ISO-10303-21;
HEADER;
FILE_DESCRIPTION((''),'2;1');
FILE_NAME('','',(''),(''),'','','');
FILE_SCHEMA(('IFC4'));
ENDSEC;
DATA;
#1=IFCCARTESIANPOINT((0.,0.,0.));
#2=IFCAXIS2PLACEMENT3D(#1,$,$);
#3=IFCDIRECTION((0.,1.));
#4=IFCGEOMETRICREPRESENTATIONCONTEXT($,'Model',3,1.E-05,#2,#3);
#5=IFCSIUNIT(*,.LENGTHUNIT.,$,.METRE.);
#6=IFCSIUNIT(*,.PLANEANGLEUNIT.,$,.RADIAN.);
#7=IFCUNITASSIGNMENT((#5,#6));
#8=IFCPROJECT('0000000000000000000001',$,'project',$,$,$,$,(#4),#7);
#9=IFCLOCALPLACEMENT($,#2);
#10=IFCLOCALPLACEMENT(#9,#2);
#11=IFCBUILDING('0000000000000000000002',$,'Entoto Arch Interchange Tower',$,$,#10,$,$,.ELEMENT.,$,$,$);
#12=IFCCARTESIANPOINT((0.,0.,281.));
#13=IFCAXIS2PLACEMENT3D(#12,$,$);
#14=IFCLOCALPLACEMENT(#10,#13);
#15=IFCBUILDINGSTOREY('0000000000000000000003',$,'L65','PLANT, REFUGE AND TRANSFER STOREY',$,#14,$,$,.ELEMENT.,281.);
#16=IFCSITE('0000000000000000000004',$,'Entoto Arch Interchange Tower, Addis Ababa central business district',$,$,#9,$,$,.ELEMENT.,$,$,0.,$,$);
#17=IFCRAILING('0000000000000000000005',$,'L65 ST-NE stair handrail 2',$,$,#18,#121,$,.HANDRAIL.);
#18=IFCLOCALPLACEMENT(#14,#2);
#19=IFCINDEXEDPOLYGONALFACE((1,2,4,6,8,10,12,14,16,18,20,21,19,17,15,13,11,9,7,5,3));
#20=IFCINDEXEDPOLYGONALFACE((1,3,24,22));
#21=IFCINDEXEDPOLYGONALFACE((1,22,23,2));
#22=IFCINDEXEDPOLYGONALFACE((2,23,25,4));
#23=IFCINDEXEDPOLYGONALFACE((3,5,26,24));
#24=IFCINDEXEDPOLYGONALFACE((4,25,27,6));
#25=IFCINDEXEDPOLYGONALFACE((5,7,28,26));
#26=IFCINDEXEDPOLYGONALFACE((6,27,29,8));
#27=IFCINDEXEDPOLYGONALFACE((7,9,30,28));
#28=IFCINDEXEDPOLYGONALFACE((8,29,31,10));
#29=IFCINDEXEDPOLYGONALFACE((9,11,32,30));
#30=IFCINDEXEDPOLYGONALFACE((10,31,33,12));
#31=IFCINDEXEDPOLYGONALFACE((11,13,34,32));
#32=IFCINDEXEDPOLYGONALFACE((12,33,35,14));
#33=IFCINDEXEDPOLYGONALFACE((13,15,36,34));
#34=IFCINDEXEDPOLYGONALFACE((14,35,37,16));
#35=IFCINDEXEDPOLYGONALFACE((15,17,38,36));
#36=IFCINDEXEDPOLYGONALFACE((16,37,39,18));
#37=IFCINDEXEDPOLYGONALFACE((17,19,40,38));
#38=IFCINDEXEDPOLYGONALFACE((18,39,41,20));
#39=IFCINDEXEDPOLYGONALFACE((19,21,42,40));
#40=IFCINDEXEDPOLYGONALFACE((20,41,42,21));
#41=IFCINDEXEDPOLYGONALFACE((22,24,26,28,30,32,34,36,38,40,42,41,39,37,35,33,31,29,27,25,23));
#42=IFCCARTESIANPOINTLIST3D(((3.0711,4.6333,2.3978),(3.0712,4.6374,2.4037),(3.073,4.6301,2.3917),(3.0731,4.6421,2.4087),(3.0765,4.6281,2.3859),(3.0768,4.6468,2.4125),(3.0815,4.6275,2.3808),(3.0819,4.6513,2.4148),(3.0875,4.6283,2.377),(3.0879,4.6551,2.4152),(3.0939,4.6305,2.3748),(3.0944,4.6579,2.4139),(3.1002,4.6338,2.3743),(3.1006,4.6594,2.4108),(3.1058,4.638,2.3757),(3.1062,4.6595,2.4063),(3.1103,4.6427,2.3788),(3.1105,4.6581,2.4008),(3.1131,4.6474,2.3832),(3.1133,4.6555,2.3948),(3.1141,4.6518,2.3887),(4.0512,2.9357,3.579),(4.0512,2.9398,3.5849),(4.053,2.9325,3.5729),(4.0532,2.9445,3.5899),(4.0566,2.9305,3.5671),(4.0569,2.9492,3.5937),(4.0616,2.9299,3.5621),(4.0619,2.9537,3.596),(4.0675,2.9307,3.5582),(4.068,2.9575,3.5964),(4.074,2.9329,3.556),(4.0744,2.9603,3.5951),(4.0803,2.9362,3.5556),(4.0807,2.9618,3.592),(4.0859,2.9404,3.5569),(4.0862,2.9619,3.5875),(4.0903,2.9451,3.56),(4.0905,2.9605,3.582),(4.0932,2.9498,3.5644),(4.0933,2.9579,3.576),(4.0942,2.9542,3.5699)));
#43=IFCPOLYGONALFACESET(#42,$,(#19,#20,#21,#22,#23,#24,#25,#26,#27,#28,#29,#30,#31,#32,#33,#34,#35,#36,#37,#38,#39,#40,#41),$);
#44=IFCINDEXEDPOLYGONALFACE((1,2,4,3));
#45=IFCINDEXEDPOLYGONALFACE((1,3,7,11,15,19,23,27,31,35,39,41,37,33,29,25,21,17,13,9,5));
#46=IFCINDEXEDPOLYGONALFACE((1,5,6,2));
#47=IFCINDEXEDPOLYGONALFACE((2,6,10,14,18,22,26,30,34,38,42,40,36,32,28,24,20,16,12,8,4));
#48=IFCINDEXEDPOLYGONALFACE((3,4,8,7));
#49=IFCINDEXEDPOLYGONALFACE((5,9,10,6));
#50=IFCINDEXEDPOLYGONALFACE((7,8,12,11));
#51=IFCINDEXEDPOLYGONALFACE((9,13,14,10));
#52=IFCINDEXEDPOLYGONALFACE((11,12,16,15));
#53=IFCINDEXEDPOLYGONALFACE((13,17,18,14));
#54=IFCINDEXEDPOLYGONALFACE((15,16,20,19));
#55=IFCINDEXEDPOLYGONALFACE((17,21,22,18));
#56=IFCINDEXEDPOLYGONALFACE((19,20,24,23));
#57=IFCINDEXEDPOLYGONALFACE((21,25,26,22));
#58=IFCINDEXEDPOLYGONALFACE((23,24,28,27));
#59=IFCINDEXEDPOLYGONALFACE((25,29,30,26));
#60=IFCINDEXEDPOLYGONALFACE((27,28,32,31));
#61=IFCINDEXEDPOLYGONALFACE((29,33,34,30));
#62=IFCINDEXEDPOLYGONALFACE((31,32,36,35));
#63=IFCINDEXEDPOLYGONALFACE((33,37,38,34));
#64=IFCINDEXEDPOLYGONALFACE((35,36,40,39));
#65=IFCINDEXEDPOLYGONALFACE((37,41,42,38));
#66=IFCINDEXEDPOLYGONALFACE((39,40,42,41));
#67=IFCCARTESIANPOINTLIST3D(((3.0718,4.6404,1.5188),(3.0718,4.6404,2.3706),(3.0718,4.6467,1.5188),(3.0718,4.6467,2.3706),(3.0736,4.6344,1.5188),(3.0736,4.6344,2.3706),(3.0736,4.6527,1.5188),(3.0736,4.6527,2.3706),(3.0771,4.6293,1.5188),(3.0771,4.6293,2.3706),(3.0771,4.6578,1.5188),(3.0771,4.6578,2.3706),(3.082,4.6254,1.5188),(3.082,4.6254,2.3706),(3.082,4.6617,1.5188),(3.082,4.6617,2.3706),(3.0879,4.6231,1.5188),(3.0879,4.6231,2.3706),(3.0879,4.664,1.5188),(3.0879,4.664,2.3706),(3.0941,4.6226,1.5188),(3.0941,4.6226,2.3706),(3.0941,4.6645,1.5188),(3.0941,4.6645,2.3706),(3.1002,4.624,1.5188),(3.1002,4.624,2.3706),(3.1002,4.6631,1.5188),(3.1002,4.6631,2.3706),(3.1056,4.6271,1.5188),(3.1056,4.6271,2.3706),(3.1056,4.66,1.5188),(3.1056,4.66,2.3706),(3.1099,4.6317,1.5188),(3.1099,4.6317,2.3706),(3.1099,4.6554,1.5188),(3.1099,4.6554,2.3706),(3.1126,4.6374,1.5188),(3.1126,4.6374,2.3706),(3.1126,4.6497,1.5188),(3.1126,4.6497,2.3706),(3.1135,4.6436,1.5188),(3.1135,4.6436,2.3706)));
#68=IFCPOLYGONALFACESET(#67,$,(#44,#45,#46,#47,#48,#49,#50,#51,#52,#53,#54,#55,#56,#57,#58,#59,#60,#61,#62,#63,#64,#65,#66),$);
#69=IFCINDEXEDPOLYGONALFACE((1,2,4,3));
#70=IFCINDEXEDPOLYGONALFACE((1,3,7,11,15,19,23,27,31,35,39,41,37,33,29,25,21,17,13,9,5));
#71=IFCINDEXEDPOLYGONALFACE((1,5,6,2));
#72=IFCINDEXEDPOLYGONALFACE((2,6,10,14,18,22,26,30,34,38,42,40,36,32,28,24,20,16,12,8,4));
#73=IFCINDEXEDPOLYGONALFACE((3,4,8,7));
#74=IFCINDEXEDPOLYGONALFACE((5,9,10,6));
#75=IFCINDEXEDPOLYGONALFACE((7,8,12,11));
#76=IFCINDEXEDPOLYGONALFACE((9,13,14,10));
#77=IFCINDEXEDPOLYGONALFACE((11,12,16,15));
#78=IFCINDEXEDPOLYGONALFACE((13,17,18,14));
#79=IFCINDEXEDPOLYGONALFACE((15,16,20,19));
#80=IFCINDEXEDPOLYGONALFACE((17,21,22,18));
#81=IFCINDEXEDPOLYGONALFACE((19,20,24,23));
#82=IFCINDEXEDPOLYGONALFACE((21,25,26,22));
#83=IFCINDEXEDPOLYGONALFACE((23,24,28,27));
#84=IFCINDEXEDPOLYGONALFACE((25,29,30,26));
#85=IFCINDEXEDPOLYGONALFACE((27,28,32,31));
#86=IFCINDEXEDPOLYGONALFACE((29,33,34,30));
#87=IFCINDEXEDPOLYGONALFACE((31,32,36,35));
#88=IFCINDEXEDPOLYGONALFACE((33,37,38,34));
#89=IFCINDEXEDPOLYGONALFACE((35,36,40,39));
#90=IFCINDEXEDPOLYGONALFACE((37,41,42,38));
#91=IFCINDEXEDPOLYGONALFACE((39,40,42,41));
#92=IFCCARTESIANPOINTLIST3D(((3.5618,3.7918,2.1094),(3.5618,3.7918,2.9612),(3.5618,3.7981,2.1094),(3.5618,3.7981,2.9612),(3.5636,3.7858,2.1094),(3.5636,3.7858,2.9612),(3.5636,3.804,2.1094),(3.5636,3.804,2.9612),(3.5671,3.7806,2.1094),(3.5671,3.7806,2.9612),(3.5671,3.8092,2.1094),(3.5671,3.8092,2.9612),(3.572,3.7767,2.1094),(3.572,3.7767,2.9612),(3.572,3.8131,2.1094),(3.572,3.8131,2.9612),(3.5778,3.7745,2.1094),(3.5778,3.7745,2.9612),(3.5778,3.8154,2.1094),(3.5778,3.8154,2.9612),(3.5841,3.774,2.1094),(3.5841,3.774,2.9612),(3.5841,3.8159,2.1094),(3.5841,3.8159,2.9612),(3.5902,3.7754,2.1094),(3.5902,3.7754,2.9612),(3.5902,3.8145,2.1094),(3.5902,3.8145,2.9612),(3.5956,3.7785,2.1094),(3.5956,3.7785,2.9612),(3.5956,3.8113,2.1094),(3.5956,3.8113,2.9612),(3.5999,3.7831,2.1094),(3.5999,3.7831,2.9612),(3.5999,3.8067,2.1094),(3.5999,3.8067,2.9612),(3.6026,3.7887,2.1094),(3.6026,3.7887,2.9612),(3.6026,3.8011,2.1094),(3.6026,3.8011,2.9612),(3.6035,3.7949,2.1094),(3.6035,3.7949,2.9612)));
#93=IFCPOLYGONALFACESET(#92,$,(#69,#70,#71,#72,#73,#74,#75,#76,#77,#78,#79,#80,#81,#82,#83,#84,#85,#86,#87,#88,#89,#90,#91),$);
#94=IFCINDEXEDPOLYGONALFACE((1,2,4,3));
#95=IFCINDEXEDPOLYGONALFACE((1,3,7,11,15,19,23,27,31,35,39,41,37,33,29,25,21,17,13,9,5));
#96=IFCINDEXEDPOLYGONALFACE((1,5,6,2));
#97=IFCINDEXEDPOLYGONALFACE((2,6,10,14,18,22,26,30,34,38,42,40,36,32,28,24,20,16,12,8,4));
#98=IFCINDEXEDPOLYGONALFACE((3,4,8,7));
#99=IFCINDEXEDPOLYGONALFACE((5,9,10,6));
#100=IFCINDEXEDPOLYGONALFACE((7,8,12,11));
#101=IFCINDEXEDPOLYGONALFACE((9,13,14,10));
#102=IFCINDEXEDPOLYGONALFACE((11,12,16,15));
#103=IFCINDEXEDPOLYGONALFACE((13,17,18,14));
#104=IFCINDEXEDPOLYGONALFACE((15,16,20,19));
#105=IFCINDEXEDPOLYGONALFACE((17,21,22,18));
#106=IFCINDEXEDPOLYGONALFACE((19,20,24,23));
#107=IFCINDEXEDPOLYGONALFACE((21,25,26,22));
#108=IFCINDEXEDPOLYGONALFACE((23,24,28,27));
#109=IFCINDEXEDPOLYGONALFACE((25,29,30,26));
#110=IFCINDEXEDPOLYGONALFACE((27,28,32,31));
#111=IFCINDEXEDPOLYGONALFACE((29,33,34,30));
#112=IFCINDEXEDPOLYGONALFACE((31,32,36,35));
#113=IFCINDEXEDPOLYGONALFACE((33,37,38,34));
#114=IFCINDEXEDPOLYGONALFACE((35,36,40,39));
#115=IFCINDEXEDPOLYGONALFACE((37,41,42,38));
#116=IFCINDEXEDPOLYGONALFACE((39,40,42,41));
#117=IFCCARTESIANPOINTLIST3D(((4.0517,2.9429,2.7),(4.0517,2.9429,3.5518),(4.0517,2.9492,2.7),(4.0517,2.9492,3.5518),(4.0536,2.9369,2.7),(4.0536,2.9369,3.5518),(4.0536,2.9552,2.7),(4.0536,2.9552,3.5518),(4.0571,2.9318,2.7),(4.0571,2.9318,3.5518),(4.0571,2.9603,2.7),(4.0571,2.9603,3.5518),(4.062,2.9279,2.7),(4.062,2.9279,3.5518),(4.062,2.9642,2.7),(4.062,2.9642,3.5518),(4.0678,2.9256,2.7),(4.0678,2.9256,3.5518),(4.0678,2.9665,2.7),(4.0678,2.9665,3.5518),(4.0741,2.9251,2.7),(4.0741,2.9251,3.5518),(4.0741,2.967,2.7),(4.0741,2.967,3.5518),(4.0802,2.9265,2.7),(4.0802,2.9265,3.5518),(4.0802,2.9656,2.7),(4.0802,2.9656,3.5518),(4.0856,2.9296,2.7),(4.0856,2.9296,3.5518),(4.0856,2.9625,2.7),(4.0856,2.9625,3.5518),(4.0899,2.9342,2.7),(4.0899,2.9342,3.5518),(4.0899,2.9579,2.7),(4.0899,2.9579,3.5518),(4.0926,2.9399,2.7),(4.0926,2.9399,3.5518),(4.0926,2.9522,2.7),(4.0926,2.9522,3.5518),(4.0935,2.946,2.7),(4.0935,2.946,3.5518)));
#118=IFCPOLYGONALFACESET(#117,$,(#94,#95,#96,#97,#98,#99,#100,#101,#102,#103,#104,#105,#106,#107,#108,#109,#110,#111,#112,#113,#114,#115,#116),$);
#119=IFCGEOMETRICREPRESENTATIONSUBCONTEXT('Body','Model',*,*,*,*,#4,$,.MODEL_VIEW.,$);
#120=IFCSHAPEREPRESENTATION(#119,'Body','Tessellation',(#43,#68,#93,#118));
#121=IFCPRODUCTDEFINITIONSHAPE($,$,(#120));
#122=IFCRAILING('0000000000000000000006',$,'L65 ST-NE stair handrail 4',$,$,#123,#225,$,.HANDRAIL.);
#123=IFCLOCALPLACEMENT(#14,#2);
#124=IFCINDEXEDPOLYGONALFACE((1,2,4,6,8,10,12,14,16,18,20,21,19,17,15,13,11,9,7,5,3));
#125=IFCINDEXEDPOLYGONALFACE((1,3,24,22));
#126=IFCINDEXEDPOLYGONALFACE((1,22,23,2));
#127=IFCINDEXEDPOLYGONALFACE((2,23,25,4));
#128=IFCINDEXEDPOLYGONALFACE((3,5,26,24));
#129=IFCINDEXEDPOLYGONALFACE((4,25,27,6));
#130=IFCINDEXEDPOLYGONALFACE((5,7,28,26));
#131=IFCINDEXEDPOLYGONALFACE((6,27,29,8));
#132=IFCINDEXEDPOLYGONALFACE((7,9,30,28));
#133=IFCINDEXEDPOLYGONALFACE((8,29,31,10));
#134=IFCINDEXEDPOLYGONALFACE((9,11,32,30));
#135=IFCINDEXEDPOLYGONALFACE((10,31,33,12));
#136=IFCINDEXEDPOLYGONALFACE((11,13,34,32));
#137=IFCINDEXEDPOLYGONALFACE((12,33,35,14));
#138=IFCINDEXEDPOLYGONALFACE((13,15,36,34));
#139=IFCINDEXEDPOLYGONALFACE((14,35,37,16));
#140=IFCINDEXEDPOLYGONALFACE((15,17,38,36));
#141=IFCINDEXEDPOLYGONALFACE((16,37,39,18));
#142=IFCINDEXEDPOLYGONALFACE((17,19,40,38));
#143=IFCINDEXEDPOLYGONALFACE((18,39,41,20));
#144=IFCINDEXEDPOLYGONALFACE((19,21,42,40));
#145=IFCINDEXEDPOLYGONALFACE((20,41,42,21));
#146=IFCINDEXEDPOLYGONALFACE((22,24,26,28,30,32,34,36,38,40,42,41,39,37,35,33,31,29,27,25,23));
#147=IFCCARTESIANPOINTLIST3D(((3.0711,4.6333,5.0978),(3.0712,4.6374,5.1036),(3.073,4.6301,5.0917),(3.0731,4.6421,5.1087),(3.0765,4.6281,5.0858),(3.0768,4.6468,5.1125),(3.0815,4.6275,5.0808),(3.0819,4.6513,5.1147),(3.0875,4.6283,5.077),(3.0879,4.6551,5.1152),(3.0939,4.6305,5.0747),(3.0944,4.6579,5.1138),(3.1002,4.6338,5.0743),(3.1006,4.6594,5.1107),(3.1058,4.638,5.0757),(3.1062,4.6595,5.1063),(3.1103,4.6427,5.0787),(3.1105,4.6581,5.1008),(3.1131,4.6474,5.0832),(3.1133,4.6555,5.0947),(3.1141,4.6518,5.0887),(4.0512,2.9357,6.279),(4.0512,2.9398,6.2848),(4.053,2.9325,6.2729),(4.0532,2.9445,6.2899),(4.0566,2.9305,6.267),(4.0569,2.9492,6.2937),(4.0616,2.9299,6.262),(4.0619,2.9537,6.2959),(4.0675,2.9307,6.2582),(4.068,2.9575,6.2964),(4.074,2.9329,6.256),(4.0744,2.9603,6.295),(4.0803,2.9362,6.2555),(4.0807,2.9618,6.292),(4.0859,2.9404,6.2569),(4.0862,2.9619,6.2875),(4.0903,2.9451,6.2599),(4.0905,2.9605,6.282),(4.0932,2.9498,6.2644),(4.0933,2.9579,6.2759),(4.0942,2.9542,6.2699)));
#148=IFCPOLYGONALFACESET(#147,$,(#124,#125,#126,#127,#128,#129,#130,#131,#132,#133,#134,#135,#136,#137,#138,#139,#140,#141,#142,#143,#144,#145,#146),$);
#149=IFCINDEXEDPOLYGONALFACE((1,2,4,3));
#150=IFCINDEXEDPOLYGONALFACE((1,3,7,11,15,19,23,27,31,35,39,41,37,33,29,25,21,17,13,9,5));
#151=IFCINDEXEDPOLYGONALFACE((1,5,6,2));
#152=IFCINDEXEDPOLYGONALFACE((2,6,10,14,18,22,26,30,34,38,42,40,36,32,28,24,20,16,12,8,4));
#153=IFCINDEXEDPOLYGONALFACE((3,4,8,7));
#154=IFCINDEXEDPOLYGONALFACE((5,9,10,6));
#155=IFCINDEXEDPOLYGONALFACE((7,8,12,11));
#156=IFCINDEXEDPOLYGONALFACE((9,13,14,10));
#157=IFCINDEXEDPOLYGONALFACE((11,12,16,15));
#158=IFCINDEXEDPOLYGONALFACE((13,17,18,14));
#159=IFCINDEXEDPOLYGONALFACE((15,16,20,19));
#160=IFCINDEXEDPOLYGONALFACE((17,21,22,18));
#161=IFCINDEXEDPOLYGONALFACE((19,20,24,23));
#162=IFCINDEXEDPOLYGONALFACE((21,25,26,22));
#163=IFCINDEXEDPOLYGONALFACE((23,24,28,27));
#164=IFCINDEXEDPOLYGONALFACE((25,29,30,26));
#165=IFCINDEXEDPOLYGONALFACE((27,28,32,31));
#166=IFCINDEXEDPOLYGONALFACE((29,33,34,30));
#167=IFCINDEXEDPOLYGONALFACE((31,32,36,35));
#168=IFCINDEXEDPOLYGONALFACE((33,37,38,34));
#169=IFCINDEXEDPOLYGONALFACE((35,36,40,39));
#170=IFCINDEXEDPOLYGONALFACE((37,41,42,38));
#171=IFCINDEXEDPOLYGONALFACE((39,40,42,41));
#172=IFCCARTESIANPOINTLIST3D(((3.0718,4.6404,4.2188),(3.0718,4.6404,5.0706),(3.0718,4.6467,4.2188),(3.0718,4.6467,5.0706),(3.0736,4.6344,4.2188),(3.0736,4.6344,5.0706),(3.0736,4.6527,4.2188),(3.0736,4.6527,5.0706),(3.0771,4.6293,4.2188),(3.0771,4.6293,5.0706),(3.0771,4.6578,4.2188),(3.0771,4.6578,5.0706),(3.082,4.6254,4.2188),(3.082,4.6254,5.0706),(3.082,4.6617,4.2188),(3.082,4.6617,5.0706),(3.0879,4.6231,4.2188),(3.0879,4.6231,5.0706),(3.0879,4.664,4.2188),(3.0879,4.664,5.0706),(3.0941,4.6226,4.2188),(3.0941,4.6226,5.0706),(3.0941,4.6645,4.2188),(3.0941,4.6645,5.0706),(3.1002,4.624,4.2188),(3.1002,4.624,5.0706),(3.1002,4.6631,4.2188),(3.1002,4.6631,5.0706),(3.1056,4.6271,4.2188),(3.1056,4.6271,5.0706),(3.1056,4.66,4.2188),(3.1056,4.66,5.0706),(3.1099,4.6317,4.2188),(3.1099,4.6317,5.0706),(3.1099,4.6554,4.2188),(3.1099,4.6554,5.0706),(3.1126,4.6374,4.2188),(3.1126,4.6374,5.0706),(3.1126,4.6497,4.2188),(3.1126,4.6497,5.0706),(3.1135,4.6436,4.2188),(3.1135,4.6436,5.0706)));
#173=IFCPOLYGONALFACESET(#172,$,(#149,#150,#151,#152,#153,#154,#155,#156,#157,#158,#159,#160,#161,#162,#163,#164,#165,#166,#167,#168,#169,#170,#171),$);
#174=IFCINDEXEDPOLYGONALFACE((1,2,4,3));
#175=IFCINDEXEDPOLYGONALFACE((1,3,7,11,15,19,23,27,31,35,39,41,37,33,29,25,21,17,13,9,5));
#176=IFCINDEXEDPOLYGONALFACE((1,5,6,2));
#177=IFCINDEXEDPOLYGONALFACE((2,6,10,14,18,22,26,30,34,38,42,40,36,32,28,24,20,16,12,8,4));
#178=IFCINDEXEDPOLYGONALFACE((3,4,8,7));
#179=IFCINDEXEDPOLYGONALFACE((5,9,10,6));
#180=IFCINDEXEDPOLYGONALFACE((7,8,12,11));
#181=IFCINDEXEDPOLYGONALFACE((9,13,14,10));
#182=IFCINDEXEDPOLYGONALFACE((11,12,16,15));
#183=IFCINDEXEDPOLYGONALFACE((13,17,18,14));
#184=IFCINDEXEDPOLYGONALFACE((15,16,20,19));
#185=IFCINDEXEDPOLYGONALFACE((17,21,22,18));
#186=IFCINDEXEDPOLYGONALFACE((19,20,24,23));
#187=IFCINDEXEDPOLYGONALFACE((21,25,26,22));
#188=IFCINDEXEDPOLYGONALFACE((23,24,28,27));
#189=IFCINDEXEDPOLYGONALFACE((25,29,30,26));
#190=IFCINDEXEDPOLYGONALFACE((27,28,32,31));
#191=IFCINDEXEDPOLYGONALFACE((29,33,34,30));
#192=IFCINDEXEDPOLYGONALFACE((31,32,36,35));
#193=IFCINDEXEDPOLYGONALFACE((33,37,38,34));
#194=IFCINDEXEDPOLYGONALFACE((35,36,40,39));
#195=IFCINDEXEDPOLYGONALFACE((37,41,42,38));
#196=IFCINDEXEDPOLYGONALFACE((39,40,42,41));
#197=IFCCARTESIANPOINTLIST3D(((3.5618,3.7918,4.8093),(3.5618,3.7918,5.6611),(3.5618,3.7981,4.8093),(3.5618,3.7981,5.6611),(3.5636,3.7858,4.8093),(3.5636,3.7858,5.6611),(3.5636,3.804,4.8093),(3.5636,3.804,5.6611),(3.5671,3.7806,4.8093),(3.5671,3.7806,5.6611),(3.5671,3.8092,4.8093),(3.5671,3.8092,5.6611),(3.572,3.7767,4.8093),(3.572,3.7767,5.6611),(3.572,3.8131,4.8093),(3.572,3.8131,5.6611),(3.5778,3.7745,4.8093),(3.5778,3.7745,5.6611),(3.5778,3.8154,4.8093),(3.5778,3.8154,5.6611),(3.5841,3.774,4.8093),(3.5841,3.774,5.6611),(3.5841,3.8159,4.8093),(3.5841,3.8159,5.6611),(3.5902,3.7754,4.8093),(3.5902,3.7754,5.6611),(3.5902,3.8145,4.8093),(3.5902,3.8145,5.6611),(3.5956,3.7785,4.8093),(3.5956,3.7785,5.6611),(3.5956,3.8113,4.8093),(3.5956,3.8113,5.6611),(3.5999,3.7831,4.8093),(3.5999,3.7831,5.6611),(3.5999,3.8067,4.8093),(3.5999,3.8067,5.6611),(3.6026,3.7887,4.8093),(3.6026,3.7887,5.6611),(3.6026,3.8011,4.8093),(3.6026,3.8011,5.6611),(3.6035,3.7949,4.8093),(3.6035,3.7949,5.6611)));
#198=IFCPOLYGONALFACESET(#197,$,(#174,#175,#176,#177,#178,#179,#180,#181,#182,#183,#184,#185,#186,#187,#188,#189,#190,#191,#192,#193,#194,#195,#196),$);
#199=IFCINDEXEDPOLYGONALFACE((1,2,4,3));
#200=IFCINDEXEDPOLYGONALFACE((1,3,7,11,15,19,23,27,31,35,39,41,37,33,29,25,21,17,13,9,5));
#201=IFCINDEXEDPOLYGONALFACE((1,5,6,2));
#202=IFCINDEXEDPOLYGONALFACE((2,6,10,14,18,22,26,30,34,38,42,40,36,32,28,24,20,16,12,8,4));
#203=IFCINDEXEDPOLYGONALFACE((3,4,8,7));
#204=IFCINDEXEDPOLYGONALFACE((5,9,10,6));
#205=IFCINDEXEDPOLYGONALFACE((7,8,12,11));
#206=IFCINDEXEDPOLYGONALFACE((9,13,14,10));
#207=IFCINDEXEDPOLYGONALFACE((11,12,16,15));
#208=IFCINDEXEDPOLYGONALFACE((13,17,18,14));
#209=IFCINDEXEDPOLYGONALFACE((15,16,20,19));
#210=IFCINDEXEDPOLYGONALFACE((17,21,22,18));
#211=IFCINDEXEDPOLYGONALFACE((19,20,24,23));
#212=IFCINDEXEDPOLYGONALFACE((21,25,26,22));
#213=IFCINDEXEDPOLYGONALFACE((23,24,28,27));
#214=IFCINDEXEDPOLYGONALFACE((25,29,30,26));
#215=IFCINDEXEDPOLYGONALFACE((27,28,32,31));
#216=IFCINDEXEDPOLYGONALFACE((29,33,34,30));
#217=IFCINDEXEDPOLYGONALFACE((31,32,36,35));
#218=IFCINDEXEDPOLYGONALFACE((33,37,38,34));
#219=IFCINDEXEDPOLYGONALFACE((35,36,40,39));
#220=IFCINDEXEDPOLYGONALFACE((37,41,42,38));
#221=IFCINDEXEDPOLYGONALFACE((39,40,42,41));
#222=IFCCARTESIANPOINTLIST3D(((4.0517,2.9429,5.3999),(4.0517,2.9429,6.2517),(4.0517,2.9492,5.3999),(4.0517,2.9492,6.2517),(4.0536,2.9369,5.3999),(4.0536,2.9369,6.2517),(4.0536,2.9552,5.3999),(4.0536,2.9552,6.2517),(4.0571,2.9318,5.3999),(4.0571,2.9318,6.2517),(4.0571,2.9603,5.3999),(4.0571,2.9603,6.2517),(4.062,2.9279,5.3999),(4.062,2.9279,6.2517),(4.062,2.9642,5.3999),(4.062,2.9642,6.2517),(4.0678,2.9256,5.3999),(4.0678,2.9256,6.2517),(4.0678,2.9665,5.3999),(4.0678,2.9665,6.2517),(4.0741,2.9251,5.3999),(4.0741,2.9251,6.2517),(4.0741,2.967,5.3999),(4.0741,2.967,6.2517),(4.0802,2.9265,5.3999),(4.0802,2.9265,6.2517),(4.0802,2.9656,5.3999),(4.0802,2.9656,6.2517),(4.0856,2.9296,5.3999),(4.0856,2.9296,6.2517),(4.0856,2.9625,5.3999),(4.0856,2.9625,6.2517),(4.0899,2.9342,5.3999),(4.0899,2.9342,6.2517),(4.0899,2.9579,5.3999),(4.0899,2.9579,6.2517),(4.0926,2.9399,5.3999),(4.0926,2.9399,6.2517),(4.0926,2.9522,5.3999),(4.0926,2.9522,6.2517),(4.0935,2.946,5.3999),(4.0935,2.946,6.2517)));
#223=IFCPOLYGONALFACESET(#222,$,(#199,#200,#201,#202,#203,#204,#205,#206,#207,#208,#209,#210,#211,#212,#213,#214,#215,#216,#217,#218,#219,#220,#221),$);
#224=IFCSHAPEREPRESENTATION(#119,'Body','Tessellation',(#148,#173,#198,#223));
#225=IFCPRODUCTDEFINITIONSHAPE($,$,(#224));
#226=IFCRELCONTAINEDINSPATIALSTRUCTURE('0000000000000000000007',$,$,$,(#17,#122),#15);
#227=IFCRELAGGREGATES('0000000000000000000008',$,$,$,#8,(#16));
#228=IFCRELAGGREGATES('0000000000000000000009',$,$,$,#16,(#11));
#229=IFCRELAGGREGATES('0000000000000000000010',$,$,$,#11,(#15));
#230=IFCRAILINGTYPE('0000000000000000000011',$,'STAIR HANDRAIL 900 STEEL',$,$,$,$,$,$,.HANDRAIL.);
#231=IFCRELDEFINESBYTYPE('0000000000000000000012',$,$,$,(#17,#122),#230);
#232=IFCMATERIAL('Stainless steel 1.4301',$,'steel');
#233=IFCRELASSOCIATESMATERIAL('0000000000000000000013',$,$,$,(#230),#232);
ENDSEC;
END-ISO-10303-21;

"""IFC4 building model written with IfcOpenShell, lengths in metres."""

from ifc_helpers import new_model, si_unit, direction, frame, origin, origin_2d, place, context, subcontext, project, spatial, circle, extrude, material, type_object, element, save


model = new_model("IFC4")

# Units and contexts
model_context = context("Model", 3, precision=1e-05, world=origin(), true_north=direction((0.0, 1.0)))
body_context = subcontext(model_context, "Body", "Model", "MODEL_VIEW")
ifc_project = project(units=[si_unit("LENGTHUNIT", "METRE"), si_unit("PLANEANGLEUNIT", "RADIAN")], contexts=[model_context])

# Site, building, storey
site_placement = place(None, origin())
site = spatial("IfcSite", under=ifc_project, at=site_placement, Name="Entoto Arch Interchange Tower, Addis Ababa central business district", CompositionType="ELEMENT", RefElevation=0.0)
building_placement = place(site_placement, origin())
building = spatial("IfcBuilding", under=site, at=building_placement, Name="Entoto Arch Interchange Tower", CompositionType="ELEMENT")
storey_placement = place(building_placement, frame((0.0, 0.0, 281.0)))
storey = spatial("IfcBuildingStorey", under=building, at=storey_placement, Name="L65", Description="PLANT, REFUGE AND TRANSFER STOREY", CompositionType="ELEMENT", Elevation=281.0)

# Railings
ifc_material_1 = material(Name="Stainless steel 1.4301", Category="steel")
railing_type_1 = type_object("IfcRailingType", Name="STAIR HANDRAIL 900 STEEL", PredefinedType="HANDRAIL", material=ifc_material_1)
for number, where, name in (
    (1, (3.0925, 4.6436, 1.5188), "L65 ST-NE stair handrail 2"),
    (2, (3.0925, 4.6436, 4.2188), "L65 ST-NE stair handrail 4"),
):
    element("IfcRailing", number, at=place(storey_placement, frame(where)), inside=storey, type_object=railing_type_1, Name=name, PredefinedType="HANDRAIL", context=body_context, shape_type="SweptSolid", body=[
        extrude(circle(Radius=0.0239, at=origin_2d()), frame((0.0, 0.0, 0.876), z_axis=(0.428228, -0.741771, 0.516135), x_axis=(0.866042, 0.49997, 0.0)), (0.0, 0.0, 1.0), 2.2886),
        extrude(circle(Radius=0.021, at=origin_2d()), origin(), (0.0, 0.0, 1.0), 0.8518),
        extrude(circle(Radius=0.021, at=origin_2d()), frame((0.49, -0.8486, 0.5906)), (0.0, 0.0, 1.0), 0.8518),
        extrude(circle(Radius=0.021, at=origin_2d()), frame((0.98, -1.6975, 1.1812)), (0.0, 0.0, 1.0), 0.8518),
    ])

save(model, "model.ifc")
